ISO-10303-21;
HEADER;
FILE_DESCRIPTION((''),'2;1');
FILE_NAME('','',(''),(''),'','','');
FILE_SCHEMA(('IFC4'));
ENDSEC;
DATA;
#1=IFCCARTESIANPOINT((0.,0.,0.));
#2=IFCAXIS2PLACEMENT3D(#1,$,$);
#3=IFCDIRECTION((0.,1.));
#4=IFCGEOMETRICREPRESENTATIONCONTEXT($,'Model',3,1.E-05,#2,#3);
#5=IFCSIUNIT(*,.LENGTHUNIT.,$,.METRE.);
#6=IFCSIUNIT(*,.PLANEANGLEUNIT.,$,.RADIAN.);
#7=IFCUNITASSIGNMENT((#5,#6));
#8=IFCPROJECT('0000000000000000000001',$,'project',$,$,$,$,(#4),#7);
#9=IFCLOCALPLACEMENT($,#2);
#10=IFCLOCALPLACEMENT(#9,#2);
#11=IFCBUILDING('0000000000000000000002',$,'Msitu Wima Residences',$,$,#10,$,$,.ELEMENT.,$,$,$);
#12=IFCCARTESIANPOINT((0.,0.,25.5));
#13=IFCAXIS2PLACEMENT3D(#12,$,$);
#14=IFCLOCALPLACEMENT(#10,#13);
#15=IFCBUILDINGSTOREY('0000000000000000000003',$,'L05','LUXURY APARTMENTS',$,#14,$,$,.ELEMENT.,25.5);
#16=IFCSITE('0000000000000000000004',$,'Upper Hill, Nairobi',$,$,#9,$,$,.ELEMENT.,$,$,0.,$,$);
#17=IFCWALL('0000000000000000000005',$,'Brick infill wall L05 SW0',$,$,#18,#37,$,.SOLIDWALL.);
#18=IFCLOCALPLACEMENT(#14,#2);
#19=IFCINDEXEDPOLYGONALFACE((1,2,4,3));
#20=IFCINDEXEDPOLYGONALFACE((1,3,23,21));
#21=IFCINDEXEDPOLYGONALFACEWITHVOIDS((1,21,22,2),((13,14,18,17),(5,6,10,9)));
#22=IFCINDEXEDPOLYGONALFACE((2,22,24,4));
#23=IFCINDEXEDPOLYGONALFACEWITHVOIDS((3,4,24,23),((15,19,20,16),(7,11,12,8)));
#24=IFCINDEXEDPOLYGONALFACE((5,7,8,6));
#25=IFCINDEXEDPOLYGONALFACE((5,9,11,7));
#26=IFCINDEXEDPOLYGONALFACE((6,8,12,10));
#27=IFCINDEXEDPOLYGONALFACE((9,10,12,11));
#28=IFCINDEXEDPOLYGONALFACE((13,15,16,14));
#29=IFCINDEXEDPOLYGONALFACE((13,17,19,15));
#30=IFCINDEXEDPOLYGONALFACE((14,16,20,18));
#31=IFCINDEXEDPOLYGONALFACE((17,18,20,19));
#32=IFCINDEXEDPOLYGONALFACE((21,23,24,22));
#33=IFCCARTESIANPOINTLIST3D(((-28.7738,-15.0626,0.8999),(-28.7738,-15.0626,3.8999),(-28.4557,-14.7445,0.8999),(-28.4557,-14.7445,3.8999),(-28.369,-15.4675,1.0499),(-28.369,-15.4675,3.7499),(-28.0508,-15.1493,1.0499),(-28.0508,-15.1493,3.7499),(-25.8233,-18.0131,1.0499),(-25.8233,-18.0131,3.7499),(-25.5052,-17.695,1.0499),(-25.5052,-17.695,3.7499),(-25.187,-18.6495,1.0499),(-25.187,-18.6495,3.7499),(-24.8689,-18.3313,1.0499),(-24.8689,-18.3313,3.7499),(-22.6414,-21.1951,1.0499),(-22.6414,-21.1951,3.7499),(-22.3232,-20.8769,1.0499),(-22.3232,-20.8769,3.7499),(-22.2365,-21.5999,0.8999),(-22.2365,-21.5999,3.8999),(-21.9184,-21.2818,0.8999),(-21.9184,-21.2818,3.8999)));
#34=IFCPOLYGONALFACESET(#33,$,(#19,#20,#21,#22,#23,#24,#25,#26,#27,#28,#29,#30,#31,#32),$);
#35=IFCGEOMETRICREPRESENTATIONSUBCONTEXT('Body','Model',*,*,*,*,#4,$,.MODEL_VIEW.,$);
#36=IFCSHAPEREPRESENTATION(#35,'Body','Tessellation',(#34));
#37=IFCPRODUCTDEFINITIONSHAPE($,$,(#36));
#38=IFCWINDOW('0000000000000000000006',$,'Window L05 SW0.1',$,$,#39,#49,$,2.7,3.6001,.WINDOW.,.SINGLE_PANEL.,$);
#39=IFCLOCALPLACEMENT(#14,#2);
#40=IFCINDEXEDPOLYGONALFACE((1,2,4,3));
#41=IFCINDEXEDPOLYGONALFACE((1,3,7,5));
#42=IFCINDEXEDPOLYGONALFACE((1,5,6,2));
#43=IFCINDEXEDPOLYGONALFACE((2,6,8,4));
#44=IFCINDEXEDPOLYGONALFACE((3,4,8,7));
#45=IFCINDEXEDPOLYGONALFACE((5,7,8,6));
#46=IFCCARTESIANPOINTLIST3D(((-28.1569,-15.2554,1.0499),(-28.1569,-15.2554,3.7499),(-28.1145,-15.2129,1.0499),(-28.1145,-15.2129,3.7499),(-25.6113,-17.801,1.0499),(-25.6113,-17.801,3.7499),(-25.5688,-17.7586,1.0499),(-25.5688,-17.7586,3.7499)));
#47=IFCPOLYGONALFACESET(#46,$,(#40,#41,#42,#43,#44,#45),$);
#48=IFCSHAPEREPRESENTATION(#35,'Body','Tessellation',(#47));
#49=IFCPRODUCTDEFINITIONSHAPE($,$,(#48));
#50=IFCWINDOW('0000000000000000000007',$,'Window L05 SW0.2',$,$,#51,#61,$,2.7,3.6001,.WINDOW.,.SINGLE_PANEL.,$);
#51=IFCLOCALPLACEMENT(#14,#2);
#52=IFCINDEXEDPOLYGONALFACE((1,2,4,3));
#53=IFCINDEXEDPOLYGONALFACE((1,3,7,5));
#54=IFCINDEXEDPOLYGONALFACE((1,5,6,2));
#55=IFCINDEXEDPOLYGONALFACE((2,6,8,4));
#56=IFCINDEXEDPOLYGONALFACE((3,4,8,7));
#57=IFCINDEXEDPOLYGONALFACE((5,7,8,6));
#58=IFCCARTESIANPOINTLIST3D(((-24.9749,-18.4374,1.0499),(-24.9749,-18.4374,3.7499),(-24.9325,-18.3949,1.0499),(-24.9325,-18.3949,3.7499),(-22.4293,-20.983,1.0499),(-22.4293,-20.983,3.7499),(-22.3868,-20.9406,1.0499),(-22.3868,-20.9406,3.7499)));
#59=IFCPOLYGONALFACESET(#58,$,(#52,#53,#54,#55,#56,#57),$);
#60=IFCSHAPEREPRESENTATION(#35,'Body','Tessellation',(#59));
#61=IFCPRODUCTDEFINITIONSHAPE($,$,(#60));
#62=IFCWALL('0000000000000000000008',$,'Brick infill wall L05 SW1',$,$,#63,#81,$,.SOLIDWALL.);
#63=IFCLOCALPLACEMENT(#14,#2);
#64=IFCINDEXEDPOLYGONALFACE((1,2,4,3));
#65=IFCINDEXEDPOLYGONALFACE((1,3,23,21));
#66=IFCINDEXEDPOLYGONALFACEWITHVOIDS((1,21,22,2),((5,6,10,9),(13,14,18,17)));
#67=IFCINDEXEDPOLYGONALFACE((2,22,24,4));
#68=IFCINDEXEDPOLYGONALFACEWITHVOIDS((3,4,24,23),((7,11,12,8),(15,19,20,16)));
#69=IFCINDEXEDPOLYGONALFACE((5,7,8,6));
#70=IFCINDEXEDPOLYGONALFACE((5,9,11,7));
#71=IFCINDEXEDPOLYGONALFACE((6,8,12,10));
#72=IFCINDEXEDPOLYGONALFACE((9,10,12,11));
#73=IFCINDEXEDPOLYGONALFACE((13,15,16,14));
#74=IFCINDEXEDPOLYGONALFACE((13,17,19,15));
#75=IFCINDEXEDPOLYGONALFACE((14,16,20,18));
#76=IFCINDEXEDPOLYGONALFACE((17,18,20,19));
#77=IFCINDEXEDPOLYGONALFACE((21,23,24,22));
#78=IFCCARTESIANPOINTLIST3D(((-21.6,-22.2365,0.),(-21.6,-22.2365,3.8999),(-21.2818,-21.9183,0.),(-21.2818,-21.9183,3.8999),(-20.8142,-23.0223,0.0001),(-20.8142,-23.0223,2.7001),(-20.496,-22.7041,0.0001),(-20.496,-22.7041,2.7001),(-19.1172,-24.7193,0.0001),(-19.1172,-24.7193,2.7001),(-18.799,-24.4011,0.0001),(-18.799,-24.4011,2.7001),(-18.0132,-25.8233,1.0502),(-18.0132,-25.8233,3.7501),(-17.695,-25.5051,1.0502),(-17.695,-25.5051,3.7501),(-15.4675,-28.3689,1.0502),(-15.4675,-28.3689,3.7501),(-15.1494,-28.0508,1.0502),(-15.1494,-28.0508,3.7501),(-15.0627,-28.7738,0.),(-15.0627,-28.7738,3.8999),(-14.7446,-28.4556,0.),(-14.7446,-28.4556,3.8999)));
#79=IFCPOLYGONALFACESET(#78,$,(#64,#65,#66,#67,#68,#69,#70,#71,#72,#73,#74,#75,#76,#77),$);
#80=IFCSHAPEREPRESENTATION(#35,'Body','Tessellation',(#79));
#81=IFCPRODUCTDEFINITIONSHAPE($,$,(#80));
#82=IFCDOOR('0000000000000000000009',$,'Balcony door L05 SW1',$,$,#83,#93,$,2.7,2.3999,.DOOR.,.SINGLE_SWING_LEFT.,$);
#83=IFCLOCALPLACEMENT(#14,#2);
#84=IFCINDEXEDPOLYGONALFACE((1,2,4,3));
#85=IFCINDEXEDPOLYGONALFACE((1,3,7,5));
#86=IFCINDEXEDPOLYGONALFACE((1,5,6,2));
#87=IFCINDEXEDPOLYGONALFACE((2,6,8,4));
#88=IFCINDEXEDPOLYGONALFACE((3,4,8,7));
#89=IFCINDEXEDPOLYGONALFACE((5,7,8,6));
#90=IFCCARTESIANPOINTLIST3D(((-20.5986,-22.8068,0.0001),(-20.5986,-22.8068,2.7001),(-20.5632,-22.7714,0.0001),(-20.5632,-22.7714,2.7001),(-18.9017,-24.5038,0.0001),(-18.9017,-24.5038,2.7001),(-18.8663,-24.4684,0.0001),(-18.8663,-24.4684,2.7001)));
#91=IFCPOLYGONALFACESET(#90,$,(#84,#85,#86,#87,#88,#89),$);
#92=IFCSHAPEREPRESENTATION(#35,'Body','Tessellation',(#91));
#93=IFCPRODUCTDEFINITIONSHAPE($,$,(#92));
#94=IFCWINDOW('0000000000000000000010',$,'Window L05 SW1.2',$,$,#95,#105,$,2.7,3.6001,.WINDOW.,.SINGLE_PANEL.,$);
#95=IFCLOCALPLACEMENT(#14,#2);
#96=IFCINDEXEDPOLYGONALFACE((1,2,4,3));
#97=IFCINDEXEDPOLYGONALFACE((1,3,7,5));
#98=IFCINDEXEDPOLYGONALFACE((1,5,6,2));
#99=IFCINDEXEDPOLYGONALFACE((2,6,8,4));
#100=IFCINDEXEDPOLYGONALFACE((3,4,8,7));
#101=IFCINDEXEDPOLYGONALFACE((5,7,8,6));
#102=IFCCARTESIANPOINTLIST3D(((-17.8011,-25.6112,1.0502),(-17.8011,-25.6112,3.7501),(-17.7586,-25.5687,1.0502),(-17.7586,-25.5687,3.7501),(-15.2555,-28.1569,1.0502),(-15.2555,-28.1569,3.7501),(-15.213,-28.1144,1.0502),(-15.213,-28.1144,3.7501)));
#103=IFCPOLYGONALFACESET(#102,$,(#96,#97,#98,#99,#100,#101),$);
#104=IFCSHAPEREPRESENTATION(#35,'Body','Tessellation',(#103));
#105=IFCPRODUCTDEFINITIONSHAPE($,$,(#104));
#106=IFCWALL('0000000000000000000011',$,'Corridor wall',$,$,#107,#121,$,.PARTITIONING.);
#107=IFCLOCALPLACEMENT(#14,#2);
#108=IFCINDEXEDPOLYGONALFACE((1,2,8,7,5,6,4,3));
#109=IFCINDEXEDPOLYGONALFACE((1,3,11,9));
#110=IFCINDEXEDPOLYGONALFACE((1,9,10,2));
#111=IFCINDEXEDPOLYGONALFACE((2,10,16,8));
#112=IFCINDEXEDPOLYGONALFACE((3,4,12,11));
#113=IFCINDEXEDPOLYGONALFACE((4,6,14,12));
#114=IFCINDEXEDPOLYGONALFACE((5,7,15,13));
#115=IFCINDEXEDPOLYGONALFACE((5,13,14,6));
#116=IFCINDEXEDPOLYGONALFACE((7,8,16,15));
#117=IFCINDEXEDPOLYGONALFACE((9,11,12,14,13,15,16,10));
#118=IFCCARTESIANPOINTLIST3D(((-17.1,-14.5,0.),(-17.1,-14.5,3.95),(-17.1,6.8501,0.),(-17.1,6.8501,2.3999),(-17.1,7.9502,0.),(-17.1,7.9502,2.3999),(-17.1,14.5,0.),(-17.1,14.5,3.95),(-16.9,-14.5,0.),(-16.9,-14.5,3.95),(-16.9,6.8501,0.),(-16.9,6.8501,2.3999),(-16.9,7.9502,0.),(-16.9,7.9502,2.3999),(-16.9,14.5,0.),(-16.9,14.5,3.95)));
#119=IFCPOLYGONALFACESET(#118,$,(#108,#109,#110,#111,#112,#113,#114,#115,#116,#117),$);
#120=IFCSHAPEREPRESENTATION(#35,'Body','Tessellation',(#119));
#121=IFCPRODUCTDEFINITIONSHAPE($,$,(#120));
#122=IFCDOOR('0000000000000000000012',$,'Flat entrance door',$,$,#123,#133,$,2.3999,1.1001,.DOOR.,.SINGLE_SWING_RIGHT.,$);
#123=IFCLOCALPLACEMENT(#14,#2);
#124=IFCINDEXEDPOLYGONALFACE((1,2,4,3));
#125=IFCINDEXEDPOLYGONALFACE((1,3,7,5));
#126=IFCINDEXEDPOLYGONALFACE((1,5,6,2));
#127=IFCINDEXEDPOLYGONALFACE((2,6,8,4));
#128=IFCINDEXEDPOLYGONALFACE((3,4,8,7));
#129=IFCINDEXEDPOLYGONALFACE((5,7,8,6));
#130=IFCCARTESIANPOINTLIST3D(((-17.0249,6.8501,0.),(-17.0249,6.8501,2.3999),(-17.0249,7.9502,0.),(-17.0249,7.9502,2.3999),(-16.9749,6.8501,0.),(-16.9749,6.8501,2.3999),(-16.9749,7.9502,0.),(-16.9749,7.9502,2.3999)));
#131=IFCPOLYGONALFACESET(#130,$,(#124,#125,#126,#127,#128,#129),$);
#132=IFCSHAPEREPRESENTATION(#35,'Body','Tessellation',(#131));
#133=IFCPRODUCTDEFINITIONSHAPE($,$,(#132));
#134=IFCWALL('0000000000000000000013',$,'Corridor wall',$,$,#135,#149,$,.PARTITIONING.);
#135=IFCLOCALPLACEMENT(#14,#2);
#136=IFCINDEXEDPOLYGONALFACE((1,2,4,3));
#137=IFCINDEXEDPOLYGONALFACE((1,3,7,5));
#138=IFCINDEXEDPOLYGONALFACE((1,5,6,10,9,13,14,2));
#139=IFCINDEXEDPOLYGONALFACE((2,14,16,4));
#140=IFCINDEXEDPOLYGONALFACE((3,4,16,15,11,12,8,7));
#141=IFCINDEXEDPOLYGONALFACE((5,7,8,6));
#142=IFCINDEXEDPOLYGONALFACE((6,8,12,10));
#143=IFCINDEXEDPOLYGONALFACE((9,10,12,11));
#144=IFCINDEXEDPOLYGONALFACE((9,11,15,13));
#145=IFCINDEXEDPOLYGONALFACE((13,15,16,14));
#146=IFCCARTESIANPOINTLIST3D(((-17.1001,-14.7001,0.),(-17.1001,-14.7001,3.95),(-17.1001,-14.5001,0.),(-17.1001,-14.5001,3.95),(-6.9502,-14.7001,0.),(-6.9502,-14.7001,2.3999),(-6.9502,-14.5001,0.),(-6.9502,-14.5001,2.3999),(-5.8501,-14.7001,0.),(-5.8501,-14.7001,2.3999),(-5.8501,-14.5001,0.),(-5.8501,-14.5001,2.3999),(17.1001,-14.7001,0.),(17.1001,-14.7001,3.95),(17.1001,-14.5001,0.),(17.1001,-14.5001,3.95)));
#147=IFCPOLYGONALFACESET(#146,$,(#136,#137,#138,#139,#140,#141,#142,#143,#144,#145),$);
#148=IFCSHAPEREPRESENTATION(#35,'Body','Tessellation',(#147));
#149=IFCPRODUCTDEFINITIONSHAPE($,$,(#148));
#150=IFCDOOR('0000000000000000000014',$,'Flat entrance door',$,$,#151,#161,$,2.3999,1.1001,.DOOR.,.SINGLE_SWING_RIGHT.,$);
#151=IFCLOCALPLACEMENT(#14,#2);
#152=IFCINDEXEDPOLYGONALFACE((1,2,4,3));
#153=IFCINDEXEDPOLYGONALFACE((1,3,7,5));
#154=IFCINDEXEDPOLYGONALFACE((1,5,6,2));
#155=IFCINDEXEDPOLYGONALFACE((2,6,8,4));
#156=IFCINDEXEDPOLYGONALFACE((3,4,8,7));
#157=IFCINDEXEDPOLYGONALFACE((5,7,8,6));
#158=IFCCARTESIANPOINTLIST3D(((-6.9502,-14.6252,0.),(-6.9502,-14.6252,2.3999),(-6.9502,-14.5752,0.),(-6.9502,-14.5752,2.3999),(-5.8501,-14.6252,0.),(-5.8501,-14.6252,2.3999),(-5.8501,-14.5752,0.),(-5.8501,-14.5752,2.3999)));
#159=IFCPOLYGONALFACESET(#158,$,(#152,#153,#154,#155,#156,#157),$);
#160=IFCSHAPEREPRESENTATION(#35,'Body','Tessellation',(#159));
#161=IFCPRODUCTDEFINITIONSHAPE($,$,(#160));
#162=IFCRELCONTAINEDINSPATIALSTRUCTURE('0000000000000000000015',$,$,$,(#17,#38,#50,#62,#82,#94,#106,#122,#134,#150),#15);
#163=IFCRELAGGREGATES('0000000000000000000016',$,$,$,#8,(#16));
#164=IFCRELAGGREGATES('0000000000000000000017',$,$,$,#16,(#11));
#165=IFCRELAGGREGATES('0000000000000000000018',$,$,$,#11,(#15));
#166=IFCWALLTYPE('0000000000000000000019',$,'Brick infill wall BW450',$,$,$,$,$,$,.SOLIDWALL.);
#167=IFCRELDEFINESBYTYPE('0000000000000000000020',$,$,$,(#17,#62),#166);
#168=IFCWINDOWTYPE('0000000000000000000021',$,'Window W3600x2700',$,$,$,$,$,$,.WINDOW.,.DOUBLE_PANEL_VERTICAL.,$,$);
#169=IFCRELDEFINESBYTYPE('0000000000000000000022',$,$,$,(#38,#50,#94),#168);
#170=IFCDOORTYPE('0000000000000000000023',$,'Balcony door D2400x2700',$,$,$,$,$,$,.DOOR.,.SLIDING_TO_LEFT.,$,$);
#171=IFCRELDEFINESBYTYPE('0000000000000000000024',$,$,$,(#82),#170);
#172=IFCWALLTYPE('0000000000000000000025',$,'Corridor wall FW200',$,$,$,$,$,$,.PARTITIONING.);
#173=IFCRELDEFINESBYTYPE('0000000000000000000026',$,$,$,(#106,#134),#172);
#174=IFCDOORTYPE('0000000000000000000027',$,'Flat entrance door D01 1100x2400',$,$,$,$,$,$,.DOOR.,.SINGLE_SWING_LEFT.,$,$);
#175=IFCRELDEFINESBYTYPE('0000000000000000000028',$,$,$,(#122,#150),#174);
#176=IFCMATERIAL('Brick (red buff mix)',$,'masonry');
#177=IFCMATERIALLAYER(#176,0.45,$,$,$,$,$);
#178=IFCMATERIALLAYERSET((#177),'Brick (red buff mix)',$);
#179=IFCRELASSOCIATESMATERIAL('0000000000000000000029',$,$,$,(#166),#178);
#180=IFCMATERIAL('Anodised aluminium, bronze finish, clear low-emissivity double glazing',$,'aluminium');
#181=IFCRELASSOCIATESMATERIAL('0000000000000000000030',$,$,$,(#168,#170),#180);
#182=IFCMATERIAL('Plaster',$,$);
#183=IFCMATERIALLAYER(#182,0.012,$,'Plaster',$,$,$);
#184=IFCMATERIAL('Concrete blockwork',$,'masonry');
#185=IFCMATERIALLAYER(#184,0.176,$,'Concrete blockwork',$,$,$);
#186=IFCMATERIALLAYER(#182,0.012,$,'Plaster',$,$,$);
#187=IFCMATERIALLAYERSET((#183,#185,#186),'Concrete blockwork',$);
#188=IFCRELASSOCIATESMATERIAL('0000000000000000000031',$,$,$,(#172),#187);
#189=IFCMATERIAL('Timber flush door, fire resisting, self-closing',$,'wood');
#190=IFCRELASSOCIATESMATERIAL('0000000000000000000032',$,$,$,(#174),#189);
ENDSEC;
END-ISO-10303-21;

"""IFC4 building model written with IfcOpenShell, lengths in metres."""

from ifc_helpers import new_model, si_unit, direction, frame, frame_2d, origin, place, context, subcontext, project, spatial, rectangle, extrude, material, layer, layer_set, type_object, element, fill, save


model = new_model("IFC4")

# Units and contexts
model_context = context("Model", 3, precision=1e-05, world=origin(), true_north=direction((0.0, 1.0)))
body_context = subcontext(model_context, "Body", "Model", "MODEL_VIEW")
ifc_project = project(units=[si_unit("LENGTHUNIT", "METRE"), si_unit("PLANEANGLEUNIT", "RADIAN")], contexts=[model_context])

# Site, building, storey
site_placement = place(None, origin())
site = spatial("IfcSite", under=ifc_project, at=site_placement, Name="Upper Hill, Nairobi", CompositionType="ELEMENT", RefElevation=0.0)
building_placement = place(site_placement, origin())
building = spatial("IfcBuilding", under=site, at=building_placement, Name="Msitu Wima Residences", CompositionType="ELEMENT")
storey_placement = place(building_placement, frame((0.0, 0.0, 25.5)))
storey = spatial("IfcBuildingStorey", under=building, at=storey_placement, Name="L05", Description="LUXURY APARTMENTS", CompositionType="ELEMENT", Elevation=25.5)

# Wall, openings, windows
ifc_material_1 = material(Name="Brick (red buff mix)", Category="masonry")
ifc_layer_1 = layer(ifc_material_1, 0.45)
ifc_layer_set_1 = layer_set([ifc_layer_1], Name="Brick (red buff mix)")
wall_type_1 = type_object("IfcWallType", Name="Brick infill wall BW450", PredefinedType="SOLIDWALL", material=ifc_layer_set_1)
wall_1_placement = place(storey_placement, frame((-28.6147, -14.9036, 0.8999), z_axis=(0.0, 0.0, 1.0), x_axis=(0.707107, -0.707107, 0.0)))
wall_1 = element("IfcWall", 1, at=wall_1_placement, inside=storey, type_object=wall_type_1, Name="Brick infill wall L05 SW0", PredefinedType="SOLIDWALL", context=body_context, shape_type="SweptSolid", body=[
    extrude(rectangle(XDim=9.2451, YDim=0.45, at=frame_2d((4.6226, 0.0))), origin(), (0.0, 0.0, 1.0), 3.0),
])
opening_1_placement = place(wall_1_placement, frame((0.5725, 0.0, 0.1499)))
opening_1 = element("IfcOpeningElement", 2, at=opening_1_placement, cuts=wall_1, PredefinedType="OPENING", context=body_context, shape_type="SweptSolid", body=[
    extrude(rectangle(XDim=3.6001, YDim=2.7, at=frame_2d((1.8, 1.3501))), frame((0.0, 0.2349, 0.0), z_axis=(0.0, -1.0, 0.0), x_axis=(1.0, 0.0, 0.0)), (0.0, 0.0, 1.0), 0.47),
])
opening_2_placement = place(wall_1_placement, frame((5.0725, 0.0, 0.1499)))
opening_2 = element("IfcOpeningElement", 3, at=opening_2_placement, cuts=wall_1, PredefinedType="OPENING", context=body_context, shape_type="SweptSolid", body=[
    extrude(rectangle(XDim=3.6001, YDim=2.7, at=frame_2d((1.8, 1.3501))), frame((0.0, 0.2349, 0.0), z_axis=(0.0, -1.0, 0.0), x_axis=(1.0, 0.0, 0.0)), (0.0, 0.0, 1.0), 0.47),
])
ifc_material_2 = material(Name="Anodised aluminium, bronze finish, clear low-emissivity double glazing", Category="aluminium")
window_type = type_object("IfcWindowType", Name="Window W3600x2700", PartitioningType="DOUBLE_PANEL_VERTICAL", PredefinedType="WINDOW", material=ifc_material_2)
window_1_placement = place(opening_1_placement, origin())
window_1 = element("IfcWindow", 4, at=window_1_placement, inside=storey, type_object=window_type, Name="Window L05 SW0.1", OverallHeight=2.7, OverallWidth=3.6001, PartitioningType="SINGLE_PANEL", PredefinedType="WINDOW", context=body_context, shape_type="SweptSolid", body=[
    extrude(rectangle(XDim=3.6001, YDim=2.7, at=frame_2d((1.8, 1.3501))), frame((0.0, 0.135, 0.0), z_axis=(0.0, -1.0, 0.0), x_axis=(1.0, 0.0, 0.0)), (0.0, 0.0, 1.0), 0.0601),
])
fill(opening_1, window_1)
window_2_placement = place(opening_2_placement, origin())
window_2 = element("IfcWindow", 5, at=window_2_placement, inside=storey, type_object=window_type, Name="Window L05 SW0.2", OverallHeight=2.7, OverallWidth=3.6001, PartitioningType="SINGLE_PANEL", PredefinedType="WINDOW", context=body_context, shape_type="SweptSolid", body=[
    extrude(rectangle(XDim=3.6001, YDim=2.7, at=frame_2d((1.8, 1.3501))), frame((0.0, 0.135, 0.0), z_axis=(0.0, -1.0, 0.0), x_axis=(1.0, 0.0, 0.0)), (0.0, 0.0, 1.0), 0.0601),
])
fill(opening_2, window_2)

# Wall, openings, door, window
wall_2_placement = place(storey_placement, frame((-21.4409, -22.0774, 0.0), z_axis=(0.0, 0.0, 1.0), x_axis=(0.707107, -0.707107, 0.0)))
wall_2 = element("IfcWall", 6, at=wall_2_placement, inside=storey, type_object=wall_type_1, Name="Brick infill wall L05 SW1", PredefinedType="SOLIDWALL", context=body_context, shape_type="SweptSolid", body=[
    extrude(rectangle(XDim=9.2451, YDim=0.45, at=frame_2d((4.6226, 0.0))), origin(), (0.0, 0.0, 1.0), 3.8999),
])
opening_3_placement = place(wall_2_placement, frame((1.1113, 0.0, 0.0)))
opening_3 = element("IfcOpeningElement", 7, at=opening_3_placement, cuts=wall_2, PredefinedType="OPENING", context=body_context, shape_type="SweptSolid", body=[
    extrude(rectangle(XDim=2.3999, YDim=2.7, at=frame_2d((1.2, 1.3501))), frame((0.0, 0.2349, 0.0), z_axis=(0.0, -1.0, 0.0), x_axis=(1.0, 0.0, 0.0)), (0.0, 0.0, 1.0), 0.47),
])
opening_4_placement = place(wall_2_placement, frame((5.0725, 0.0, 1.05)))
opening_4 = element("IfcOpeningElement", 8, at=opening_4_placement, cuts=wall_2, PredefinedType="OPENING", context=body_context, shape_type="SweptSolid", body=[
    extrude(rectangle(XDim=3.6001, YDim=2.7, at=frame_2d((1.8, 1.3501))), frame((0.0, 0.2349, 0.0), z_axis=(0.0, -1.0, 0.0), x_axis=(1.0, 0.0, 0.0)), (0.0, 0.0, 1.0), 0.47),
])
door_type_1 = type_object("IfcDoorType", Name="Balcony door D2400x2700", OperationType="SLIDING_TO_LEFT", PredefinedType="DOOR", material=ifc_material_2)
door_1_placement = place(opening_3_placement, origin())
door_1 = element("IfcDoor", 9, at=door_1_placement, inside=storey, type_object=door_type_1, Name="Balcony door L05 SW1", OperationType="SINGLE_SWING_LEFT", OverallHeight=2.7, OverallWidth=2.3999, PredefinedType="DOOR", context=body_context, shape_type="SweptSolid", body=[
    extrude(rectangle(XDim=2.3999, YDim=2.7, at=frame_2d((1.2, 1.3501))), frame((0.0, 0.1299, 0.0), z_axis=(0.0, -1.0, 0.0), x_axis=(1.0, 0.0, 0.0)), (0.0, 0.0, 1.0), 0.05),
])
fill(opening_3, door_1)
window_3_placement = place(opening_4_placement, origin())
window_3 = element("IfcWindow", 10, at=window_3_placement, inside=storey, type_object=window_type, Name="Window L05 SW1.2", OverallHeight=2.7, OverallWidth=3.6001, PartitioningType="SINGLE_PANEL", PredefinedType="WINDOW", context=body_context, shape_type="SweptSolid", body=[
    extrude(rectangle(XDim=3.6001, YDim=2.7, at=frame_2d((1.8, 1.3501))), frame((0.0, 0.135, 0.0), z_axis=(0.0, -1.0, 0.0), x_axis=(1.0, 0.0, 0.0)), (0.0, 0.0, 1.0), 0.0601),
])
fill(opening_4, window_3)

# Walls, openings, doors
ifc_material_3 = material(Name="Plaster")
ifc_layer_2 = layer(ifc_material_3, 0.012, Name="Plaster")
ifc_material_4 = material(Name="Concrete blockwork", Category="masonry")
ifc_layer_3 = layer(ifc_material_4, 0.176, Name="Concrete blockwork")
ifc_layer_4 = layer(ifc_material_3, 0.012, Name="Plaster")
ifc_layer_set_2 = layer_set([ifc_layer_2, ifc_layer_3, ifc_layer_4], Name="Concrete blockwork")
wall_type_2 = type_object("IfcWallType", Name="Corridor wall FW200", PredefinedType="PARTITIONING", material=ifc_layer_set_2)
wall_3_placement = place(storey_placement, frame((-17.0, -14.5, 0.0), z_axis=(0.0, 0.0, 1.0), x_axis=(0.0, 1.0, 0.0)))
wall_3 = element("IfcWall", 11, at=wall_3_placement, inside=storey, type_object=wall_type_2, Name="Corridor wall", PredefinedType="PARTITIONING", context=body_context, shape_type="SweptSolid", body=[
    extrude(rectangle(XDim=29.0, YDim=0.2, at=frame_2d((14.5, 0.0))), origin(), (0.0, 0.0, 1.0), 3.95),
])
opening_5_placement = place(wall_3_placement, frame((21.3501, 0.0, 0.0)))
opening_5 = element("IfcOpeningElement", 12, at=opening_5_placement, cuts=wall_3, PredefinedType="OPENING", context=body_context, shape_type="SweptSolid", body=[
    extrude(rectangle(XDim=1.1001, YDim=2.3999, at=frame_2d((0.55, 1.2))), frame((0.0, 0.1099, 0.0), z_axis=(0.0, -1.0, 0.0), x_axis=(1.0, 0.0, 0.0)), (0.0, 0.0, 1.0), 0.22),
])
ifc_material_5 = material(Name="Timber flush door, fire resisting, self-closing", Category="wood")
door_type_2 = type_object("IfcDoorType", Name="Flat entrance door D01 1100x2400", OperationType="SINGLE_SWING_LEFT", PredefinedType="DOOR", material=ifc_material_5)
door_2_placement = place(opening_5_placement, origin())
door_2 = element("IfcDoor", 13, at=door_2_placement, inside=storey, type_object=door_type_2, Name="Flat entrance door", OperationType="SINGLE_SWING_RIGHT", OverallHeight=2.3999, OverallWidth=1.1001, PredefinedType="DOOR", context=body_context, shape_type="SweptSolid", body=[
    extrude(rectangle(XDim=1.1001, YDim=2.3999, at=frame_2d((0.55, 1.2))), frame((0.0, 0.0249, 0.0), z_axis=(0.0, -1.0, 0.0), x_axis=(1.0, 0.0, 0.0)), (0.0, 0.0, 1.0), 0.05),
])
fill(opening_5, door_2)
wall_4_placement = place(storey_placement, frame((-17.1001, -14.6001, 0.0), z_axis=(0.0, 0.0, 1.0), x_axis=(1.0, 0.0, 0.0)))
wall_4 = element("IfcWall", 14, at=wall_4_placement, inside=storey, type_object=wall_type_2, Name="Corridor wall", PredefinedType="PARTITIONING", context=body_context, shape_type="SweptSolid", body=[
    extrude(rectangle(XDim=34.2002, YDim=0.2, at=frame_2d((17.1001, 0.0))), origin(), (0.0, 0.0, 1.0), 3.95),
])
opening_6_placement = place(wall_4_placement, frame((10.1499, 0.0, 0.0)))
opening_6 = element("IfcOpeningElement", 15, at=opening_6_placement, cuts=wall_4, PredefinedType="OPENING", context=body_context, shape_type="SweptSolid", body=[
    extrude(rectangle(XDim=1.1001, YDim=2.3999, at=frame_2d((0.55, 1.2))), frame((0.0, 0.1099, 0.0), z_axis=(0.0, -1.0, 0.0), x_axis=(1.0, 0.0, 0.0)), (0.0, 0.0, 1.0), 0.22),
])
door_3_placement = place(opening_6_placement, origin())
door_3 = element("IfcDoor", 16, at=door_3_placement, inside=storey, type_object=door_type_2, Name="Flat entrance door", OperationType="SINGLE_SWING_RIGHT", OverallHeight=2.3999, OverallWidth=1.1001, PredefinedType="DOOR", context=body_context, shape_type="SweptSolid", body=[
    extrude(rectangle(XDim=1.1001, YDim=2.3999, at=frame_2d((0.55, 1.2))), frame((0.0, 0.0249, 0.0), z_axis=(0.0, -1.0, 0.0), x_axis=(1.0, 0.0, 0.0)), (0.0, 0.0, 1.0), 0.05),
])
fill(opening_6, door_3)

save(model, "model.ifc")
